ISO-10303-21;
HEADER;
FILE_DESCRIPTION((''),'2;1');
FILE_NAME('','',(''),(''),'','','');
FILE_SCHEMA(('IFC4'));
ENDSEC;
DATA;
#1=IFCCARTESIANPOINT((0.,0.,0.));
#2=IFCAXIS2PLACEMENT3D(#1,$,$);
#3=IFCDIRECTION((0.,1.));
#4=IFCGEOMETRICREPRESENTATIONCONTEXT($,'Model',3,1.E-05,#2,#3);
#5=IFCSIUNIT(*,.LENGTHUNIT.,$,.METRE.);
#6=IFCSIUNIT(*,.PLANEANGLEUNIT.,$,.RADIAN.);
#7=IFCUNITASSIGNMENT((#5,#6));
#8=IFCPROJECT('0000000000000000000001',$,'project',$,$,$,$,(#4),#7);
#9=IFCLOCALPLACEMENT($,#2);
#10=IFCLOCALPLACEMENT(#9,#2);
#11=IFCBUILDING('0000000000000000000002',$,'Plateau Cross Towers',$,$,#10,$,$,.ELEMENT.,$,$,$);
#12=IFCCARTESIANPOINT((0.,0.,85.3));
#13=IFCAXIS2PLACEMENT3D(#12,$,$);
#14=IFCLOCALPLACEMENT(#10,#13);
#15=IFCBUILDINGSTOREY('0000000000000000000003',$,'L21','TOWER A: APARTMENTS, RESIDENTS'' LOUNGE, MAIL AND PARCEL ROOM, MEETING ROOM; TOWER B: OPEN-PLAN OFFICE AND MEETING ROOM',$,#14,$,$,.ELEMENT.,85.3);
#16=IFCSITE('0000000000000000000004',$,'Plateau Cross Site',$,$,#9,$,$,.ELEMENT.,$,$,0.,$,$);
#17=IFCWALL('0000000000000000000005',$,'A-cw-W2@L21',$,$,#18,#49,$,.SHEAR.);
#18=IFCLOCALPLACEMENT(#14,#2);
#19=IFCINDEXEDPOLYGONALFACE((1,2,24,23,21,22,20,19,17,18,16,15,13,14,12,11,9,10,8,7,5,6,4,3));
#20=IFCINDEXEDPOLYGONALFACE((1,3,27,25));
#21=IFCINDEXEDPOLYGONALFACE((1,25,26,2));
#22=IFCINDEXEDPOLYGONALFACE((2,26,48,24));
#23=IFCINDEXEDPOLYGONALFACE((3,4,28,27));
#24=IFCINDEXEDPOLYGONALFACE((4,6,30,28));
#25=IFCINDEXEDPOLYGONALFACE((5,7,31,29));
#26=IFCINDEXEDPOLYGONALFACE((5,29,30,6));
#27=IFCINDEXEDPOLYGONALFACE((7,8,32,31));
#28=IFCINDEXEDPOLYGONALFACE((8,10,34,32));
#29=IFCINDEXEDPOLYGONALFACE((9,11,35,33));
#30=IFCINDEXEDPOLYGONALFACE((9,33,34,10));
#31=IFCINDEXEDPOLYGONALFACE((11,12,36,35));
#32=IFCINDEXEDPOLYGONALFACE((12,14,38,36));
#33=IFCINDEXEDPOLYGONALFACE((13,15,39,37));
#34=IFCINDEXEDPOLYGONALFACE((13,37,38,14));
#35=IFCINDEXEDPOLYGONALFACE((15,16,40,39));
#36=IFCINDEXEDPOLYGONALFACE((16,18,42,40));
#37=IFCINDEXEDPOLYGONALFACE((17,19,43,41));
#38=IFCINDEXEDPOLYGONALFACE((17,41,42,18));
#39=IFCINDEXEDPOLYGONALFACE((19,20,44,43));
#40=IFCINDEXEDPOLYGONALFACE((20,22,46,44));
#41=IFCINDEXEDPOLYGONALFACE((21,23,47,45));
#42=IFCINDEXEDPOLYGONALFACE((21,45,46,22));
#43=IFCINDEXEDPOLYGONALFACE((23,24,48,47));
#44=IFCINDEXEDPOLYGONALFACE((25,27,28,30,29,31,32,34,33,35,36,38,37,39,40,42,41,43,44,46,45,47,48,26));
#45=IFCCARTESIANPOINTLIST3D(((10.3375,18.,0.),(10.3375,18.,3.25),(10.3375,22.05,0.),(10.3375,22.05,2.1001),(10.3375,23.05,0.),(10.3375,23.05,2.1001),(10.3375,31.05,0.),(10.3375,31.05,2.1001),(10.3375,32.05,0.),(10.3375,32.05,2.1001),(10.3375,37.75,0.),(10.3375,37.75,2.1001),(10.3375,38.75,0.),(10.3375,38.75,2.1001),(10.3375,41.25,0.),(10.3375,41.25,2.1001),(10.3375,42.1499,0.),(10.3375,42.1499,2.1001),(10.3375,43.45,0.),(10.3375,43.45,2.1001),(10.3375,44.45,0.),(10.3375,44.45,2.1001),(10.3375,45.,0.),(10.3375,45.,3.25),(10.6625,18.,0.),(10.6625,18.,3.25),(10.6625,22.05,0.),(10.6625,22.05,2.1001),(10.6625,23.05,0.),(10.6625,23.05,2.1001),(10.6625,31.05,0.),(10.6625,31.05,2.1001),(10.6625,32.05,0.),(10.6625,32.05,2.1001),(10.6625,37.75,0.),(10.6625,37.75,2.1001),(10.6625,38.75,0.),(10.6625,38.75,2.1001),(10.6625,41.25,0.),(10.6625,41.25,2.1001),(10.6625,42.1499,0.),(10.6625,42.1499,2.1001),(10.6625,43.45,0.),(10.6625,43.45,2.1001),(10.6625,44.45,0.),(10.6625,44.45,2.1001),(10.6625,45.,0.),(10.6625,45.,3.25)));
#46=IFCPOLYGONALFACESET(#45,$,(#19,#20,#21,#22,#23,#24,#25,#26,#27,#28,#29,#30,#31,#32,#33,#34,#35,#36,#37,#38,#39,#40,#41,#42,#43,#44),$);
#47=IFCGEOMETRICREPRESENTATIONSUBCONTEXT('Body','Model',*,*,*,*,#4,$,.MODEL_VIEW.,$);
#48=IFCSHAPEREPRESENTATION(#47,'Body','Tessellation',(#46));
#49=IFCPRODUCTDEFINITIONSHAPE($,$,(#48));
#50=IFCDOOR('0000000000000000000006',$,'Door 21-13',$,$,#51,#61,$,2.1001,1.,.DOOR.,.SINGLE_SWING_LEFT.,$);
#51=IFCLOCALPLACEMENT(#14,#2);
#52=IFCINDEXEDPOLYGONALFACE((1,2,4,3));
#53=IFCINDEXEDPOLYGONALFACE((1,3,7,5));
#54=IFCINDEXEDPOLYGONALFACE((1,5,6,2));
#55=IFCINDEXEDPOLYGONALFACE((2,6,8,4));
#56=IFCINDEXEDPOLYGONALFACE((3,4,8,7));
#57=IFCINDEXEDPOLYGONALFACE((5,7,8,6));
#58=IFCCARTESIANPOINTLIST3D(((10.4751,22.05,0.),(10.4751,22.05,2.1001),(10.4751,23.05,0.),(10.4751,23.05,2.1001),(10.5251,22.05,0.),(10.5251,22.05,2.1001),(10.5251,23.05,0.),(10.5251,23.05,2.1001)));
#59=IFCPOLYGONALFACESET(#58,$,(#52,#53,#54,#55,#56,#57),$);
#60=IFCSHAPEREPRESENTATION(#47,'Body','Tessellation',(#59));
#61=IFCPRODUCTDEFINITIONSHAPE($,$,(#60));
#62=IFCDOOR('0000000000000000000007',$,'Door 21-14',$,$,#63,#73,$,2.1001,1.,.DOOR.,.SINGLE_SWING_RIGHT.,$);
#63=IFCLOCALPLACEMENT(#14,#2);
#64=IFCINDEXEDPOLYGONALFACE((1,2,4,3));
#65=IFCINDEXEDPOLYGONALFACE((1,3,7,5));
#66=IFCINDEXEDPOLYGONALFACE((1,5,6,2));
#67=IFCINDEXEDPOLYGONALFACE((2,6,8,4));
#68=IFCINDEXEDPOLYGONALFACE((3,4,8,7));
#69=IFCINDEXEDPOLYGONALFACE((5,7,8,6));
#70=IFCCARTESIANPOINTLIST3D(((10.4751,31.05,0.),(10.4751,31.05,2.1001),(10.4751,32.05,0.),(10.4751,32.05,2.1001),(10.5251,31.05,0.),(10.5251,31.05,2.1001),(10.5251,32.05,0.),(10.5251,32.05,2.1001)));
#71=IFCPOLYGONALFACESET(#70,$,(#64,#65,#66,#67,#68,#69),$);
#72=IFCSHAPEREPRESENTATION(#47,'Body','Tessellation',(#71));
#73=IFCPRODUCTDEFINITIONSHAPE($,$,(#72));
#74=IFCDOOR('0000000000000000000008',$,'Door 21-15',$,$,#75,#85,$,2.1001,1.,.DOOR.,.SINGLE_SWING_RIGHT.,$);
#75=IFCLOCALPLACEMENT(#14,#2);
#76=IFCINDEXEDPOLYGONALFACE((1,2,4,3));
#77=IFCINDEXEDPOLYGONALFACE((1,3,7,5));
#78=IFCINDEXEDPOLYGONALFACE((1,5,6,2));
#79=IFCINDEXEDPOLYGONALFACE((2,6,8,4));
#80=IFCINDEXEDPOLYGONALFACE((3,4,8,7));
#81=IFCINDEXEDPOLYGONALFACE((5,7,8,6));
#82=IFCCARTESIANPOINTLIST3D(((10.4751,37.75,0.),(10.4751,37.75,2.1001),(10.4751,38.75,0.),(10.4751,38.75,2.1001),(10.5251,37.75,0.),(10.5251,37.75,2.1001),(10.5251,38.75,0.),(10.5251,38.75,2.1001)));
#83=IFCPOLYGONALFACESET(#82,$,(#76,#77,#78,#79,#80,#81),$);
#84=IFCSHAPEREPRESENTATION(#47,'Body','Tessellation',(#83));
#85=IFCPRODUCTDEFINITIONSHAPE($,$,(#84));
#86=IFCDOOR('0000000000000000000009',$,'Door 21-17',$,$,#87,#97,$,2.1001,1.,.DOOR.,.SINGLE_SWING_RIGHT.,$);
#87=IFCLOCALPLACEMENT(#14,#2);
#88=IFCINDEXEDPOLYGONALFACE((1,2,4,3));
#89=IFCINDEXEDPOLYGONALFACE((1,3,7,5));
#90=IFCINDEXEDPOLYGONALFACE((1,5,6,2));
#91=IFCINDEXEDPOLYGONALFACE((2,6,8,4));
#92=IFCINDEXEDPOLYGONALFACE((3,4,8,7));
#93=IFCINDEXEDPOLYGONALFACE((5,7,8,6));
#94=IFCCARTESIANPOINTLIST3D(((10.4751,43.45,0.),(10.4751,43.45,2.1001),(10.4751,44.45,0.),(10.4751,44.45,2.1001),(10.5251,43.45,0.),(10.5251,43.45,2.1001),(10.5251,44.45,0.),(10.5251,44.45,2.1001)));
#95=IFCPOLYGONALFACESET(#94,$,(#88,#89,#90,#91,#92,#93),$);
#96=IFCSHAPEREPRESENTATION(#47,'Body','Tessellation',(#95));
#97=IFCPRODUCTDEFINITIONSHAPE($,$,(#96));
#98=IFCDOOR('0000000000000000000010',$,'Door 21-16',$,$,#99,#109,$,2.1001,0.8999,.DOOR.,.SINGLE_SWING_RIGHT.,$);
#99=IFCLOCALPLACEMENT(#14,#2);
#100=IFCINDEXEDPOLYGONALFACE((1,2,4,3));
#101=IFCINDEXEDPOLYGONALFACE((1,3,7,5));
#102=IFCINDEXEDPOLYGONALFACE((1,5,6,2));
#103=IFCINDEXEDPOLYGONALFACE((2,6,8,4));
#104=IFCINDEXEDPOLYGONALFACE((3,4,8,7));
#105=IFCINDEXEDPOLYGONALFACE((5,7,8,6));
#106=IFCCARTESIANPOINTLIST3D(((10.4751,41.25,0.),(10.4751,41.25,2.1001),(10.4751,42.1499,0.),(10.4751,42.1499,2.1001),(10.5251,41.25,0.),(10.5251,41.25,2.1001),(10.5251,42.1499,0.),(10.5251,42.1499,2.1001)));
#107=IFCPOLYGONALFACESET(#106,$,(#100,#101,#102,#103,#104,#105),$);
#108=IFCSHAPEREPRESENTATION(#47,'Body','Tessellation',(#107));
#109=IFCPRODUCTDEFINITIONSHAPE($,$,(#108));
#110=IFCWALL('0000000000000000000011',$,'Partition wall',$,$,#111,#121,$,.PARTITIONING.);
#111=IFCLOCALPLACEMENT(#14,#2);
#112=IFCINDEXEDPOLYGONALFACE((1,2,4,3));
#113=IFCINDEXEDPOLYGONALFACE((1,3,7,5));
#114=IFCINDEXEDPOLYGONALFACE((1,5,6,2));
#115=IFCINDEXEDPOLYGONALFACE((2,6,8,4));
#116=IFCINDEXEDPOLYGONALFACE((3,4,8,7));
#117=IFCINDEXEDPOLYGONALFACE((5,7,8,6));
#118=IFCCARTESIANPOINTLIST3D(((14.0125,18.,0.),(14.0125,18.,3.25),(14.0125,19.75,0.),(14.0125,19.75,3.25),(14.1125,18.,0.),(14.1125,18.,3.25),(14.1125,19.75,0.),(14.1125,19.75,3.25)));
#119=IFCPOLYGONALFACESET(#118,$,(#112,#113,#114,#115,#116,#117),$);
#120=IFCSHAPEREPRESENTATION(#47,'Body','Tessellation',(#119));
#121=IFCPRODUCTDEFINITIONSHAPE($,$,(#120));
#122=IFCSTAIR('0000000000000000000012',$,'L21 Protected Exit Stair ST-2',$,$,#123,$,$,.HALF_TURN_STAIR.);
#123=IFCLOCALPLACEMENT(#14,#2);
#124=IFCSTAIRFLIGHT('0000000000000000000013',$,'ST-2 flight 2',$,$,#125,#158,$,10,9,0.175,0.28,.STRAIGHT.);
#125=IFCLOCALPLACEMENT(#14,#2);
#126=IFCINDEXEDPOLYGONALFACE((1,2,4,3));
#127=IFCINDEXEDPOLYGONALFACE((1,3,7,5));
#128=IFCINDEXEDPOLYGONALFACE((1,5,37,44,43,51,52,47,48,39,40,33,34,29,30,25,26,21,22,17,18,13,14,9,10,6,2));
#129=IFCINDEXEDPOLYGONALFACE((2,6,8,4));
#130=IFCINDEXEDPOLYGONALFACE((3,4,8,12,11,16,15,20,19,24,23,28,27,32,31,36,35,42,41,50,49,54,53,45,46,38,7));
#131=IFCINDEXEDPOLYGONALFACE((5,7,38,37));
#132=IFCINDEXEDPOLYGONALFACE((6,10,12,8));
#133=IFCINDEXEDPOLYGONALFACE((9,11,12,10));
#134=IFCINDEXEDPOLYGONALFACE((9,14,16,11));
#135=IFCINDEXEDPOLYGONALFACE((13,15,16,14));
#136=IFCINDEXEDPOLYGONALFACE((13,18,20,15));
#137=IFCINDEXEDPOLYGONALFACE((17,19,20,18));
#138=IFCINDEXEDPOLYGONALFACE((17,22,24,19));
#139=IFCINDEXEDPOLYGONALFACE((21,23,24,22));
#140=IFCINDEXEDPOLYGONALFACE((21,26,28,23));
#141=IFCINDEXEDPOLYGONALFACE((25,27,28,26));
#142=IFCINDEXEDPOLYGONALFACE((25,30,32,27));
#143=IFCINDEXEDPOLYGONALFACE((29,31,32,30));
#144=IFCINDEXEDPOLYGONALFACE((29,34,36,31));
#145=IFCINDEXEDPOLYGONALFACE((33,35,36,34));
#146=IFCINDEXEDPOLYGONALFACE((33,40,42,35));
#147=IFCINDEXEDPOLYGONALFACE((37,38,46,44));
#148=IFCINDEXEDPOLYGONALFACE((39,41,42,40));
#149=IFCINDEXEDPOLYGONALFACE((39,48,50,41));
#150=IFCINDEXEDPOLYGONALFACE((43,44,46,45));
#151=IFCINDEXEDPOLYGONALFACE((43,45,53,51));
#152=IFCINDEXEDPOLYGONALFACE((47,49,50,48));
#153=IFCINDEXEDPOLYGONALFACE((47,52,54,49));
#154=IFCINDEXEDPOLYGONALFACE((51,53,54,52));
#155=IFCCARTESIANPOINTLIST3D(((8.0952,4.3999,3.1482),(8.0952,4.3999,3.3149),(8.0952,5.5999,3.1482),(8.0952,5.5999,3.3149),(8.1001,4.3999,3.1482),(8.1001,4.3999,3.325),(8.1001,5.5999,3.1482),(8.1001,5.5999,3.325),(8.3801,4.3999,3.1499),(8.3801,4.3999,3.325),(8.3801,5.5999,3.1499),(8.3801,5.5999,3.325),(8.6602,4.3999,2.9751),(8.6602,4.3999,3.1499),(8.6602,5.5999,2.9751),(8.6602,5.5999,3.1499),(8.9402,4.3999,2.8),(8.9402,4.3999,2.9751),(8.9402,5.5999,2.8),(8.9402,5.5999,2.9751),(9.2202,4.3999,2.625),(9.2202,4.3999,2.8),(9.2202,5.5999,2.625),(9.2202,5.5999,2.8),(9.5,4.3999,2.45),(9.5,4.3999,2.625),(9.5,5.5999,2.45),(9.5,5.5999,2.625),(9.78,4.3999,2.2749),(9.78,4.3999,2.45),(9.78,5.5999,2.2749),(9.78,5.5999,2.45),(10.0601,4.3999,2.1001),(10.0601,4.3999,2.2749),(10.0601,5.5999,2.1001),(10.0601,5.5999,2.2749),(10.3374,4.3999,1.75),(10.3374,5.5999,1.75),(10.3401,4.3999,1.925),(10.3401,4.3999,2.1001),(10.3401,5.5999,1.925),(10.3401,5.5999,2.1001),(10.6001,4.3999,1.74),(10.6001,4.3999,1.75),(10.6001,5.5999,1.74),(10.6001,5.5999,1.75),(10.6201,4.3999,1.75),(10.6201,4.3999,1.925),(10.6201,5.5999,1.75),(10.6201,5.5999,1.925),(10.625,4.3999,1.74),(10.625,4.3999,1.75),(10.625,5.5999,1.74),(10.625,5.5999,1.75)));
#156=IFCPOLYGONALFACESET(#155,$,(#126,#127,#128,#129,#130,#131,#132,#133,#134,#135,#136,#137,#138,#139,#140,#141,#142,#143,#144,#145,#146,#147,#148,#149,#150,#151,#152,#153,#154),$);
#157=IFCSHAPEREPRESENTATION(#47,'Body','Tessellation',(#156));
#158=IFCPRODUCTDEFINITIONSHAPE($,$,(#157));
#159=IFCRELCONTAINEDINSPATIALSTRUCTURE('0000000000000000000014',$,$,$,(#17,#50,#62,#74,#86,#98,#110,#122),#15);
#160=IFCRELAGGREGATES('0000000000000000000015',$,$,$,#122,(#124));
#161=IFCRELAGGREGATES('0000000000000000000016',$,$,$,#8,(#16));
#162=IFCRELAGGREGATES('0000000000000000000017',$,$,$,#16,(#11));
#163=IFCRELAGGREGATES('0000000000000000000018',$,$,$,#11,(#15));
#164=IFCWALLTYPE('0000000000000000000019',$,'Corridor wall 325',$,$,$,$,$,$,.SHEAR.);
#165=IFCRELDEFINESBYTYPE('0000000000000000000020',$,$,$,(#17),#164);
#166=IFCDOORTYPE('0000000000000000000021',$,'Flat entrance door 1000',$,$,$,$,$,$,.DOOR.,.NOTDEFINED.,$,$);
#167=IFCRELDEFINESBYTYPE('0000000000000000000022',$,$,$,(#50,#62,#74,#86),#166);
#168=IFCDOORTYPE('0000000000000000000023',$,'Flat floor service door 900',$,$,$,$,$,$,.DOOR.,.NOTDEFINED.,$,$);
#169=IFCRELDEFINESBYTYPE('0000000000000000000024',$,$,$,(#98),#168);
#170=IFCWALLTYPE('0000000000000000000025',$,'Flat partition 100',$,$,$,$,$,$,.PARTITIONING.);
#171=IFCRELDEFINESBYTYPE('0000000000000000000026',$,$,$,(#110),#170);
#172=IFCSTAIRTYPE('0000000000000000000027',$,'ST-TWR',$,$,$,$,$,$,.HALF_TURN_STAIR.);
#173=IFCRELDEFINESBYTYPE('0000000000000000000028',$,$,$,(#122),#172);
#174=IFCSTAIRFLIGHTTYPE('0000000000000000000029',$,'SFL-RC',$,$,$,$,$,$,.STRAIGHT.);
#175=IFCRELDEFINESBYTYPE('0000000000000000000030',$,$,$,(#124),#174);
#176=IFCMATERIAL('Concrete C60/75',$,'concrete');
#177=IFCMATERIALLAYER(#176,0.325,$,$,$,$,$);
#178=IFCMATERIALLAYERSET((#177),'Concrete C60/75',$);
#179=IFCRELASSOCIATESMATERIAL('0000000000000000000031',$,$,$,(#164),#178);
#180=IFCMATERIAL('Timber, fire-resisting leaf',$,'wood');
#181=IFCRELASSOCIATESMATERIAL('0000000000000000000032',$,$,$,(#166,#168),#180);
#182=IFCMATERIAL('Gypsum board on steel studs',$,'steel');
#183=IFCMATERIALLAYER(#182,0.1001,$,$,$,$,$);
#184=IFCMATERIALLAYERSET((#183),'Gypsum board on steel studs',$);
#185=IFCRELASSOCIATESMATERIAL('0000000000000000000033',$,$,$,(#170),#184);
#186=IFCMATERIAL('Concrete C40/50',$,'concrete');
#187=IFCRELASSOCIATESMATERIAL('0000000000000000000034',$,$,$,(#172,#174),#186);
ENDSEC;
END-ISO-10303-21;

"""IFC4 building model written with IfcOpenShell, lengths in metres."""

from ifc_helpers import new_model, si_unit, direction, frame, frame_2d, origin, place, context, subcontext, project, spatial, polyline, rectangle, outline, extrude, material, layer, layer_set, type_object, element, fill, aggregate, save


model = new_model("IFC4")

# Units and contexts
model_context = context("Model", 3, precision=1e-05, world=origin(), true_north=direction((0.0, 1.0)))
body_context = subcontext(model_context, "Body", "Model", "MODEL_VIEW")
ifc_project = project(units=[si_unit("LENGTHUNIT", "METRE"), si_unit("PLANEANGLEUNIT", "RADIAN")], contexts=[model_context])

# Site, building, storey
site_placement = place(None, origin())
site = spatial("IfcSite", under=ifc_project, at=site_placement, Name="Plateau Cross Site", CompositionType="ELEMENT", RefElevation=0.0)
building_placement = place(site_placement, origin())
building = spatial("IfcBuilding", under=site, at=building_placement, Name="Plateau Cross Towers", CompositionType="ELEMENT")
storey_placement = place(building_placement, frame((0.0, 0.0, 85.3)))
storey = spatial("IfcBuildingStorey", under=building, at=storey_placement, Name="L21", Description="TOWER A: APARTMENTS, RESIDENTS' LOUNGE, MAIL AND PARCEL ROOM, MEETING ROOM; TOWER B: OPEN-PLAN OFFICE AND MEETING ROOM", CompositionType="ELEMENT", Elevation=85.3)

# Shared definitions
ifc_material_1 = material(Name="Concrete C60/75", Category="concrete")

# Shared definitions
ifc_material_2 = material(Name="Timber, fire-resisting leaf", Category="wood")

# Wall, openings, doors
ifc_layer_1 = layer(ifc_material_1, 0.325)
ifc_layer_set_1 = layer_set([ifc_layer_1], Name="Concrete C60/75")
wall_type_1 = type_object("IfcWallType", Name="Corridor wall 325", PredefinedType="SHEAR", material=ifc_layer_set_1)
door_type_1 = type_object("IfcDoorType", Name="Flat entrance door 1000", OperationType="NOTDEFINED", PredefinedType="DOOR", material=ifc_material_2)
wall_1_placement = place(storey_placement, frame((10.5, 18.0, 0.0), z_axis=(0.0, 0.0, 1.0), x_axis=(0.0, 1.0, 0.0)))
wall_1 = element("IfcWall", 1, at=wall_1_placement, inside=storey, type_object=wall_type_1, Name="A-cw-W2@L21", PredefinedType="SHEAR", context=body_context, shape_type="SweptSolid", body=[
    extrude(rectangle(XDim=27.0, YDim=0.325, at=frame_2d((13.5, 0.0))), origin(), (0.0, 0.0, 1.0), 3.25),
])
opening_1_placement = place(wall_1_placement, frame((4.05, 0.0, 0.0)))
opening_1 = element("IfcOpeningElement", 2, at=opening_1_placement, cuts=wall_1, PredefinedType="OPENING", context=body_context, shape_type="SweptSolid", body=[
    extrude(rectangle(XDim=1.0, YDim=2.1001, at=frame_2d((0.5, 1.05))), frame((0.0, 0.1724, 0.0), z_axis=(0.0, -1.0, 0.0), x_axis=(1.0, 0.0, 0.0)), (0.0, 0.0, 1.0), 0.345),
])
opening_2_placement = place(wall_1_placement, frame((13.05, 0.0, 0.0)))
opening_2 = element("IfcOpeningElement", 3, at=opening_2_placement, cuts=wall_1, PredefinedType="OPENING", context=body_context, shape_type="SweptSolid", body=[
    extrude(rectangle(XDim=1.0, YDim=2.1001, at=frame_2d((0.5, 1.05))), frame((0.0, 0.1724, 0.0), z_axis=(0.0, -1.0, 0.0), x_axis=(1.0, 0.0, 0.0)), (0.0, 0.0, 1.0), 0.345),
])
opening_3_placement = place(wall_1_placement, frame((19.75, 0.0, 0.0)))
opening_3 = element("IfcOpeningElement", 4, at=opening_3_placement, cuts=wall_1, PredefinedType="OPENING", context=body_context, shape_type="SweptSolid", body=[
    extrude(rectangle(XDim=1.0, YDim=2.1001, at=frame_2d((0.5, 1.05))), frame((0.0, 0.1724, 0.0), z_axis=(0.0, -1.0, 0.0), x_axis=(1.0, 0.0, 0.0)), (0.0, 0.0, 1.0), 0.345),
])
opening_4_placement = place(wall_1_placement, frame((23.25, 0.0, 0.0)))
opening_4 = element("IfcOpeningElement", 5, at=opening_4_placement, cuts=wall_1, PredefinedType="OPENING", context=body_context, shape_type="SweptSolid", body=[
    extrude(rectangle(XDim=0.8999, YDim=2.1001, at=frame_2d((0.45, 1.05))), frame((0.0, 0.1724, 0.0), z_axis=(0.0, -1.0, 0.0), x_axis=(1.0, 0.0, 0.0)), (0.0, 0.0, 1.0), 0.345),
])
opening_5_placement = place(wall_1_placement, frame((25.45, 0.0, 0.0)))
opening_5 = element("IfcOpeningElement", 6, at=opening_5_placement, cuts=wall_1, PredefinedType="OPENING", context=body_context, shape_type="SweptSolid", body=[
    extrude(rectangle(XDim=1.0, YDim=2.1001, at=frame_2d((0.5, 1.05))), frame((0.0, 0.1724, 0.0), z_axis=(0.0, -1.0, 0.0), x_axis=(1.0, 0.0, 0.0)), (0.0, 0.0, 1.0), 0.345),
])
door_1_placement = place(opening_1_placement, origin())
door_1 = element("IfcDoor", 7, at=door_1_placement, inside=storey, type_object=door_type_1, Name="Door 21-13", OperationType="SINGLE_SWING_LEFT", OverallHeight=2.1001, OverallWidth=1.0, PredefinedType="DOOR", context=body_context, shape_type="SweptSolid", body=[
    extrude(rectangle(XDim=1.0, YDim=2.1001, at=frame_2d((0.5, 1.05))), frame((0.0, 0.0249, 0.0), z_axis=(0.0, -1.0, 0.0), x_axis=(1.0, 0.0, 0.0)), (0.0, 0.0, 1.0), 0.05),
])
fill(opening_1, door_1)
door_2_placement = place(opening_2_placement, origin())
door_2 = element("IfcDoor", 8, at=door_2_placement, inside=storey, type_object=door_type_1, Name="Door 21-14", OperationType="SINGLE_SWING_RIGHT", OverallHeight=2.1001, OverallWidth=1.0, PredefinedType="DOOR", context=body_context, shape_type="SweptSolid", body=[
    extrude(rectangle(XDim=1.0, YDim=2.1001, at=frame_2d((0.5, 1.05))), frame((0.0, 0.0249, 0.0), z_axis=(0.0, -1.0, 0.0), x_axis=(1.0, 0.0, 0.0)), (0.0, 0.0, 1.0), 0.05),
])
fill(opening_2, door_2)
door_3_placement = place(opening_3_placement, origin())
door_3 = element("IfcDoor", 9, at=door_3_placement, inside=storey, type_object=door_type_1, Name="Door 21-15", OperationType="SINGLE_SWING_RIGHT", OverallHeight=2.1001, OverallWidth=1.0, PredefinedType="DOOR", context=body_context, shape_type="SweptSolid", body=[
    extrude(rectangle(XDim=1.0, YDim=2.1001, at=frame_2d((0.5, 1.05))), frame((0.0, 0.0249, 0.0), z_axis=(0.0, -1.0, 0.0), x_axis=(1.0, 0.0, 0.0)), (0.0, 0.0, 1.0), 0.05),
])
fill(opening_3, door_3)
door_4_placement = place(opening_5_placement, origin())
door_4 = element("IfcDoor", 10, at=door_4_placement, inside=storey, type_object=door_type_1, Name="Door 21-17", OperationType="SINGLE_SWING_RIGHT", OverallHeight=2.1001, OverallWidth=1.0, PredefinedType="DOOR", context=body_context, shape_type="SweptSolid", body=[
    extrude(rectangle(XDim=1.0, YDim=2.1001, at=frame_2d((0.5, 1.05))), frame((0.0, 0.0249, 0.0), z_axis=(0.0, -1.0, 0.0), x_axis=(1.0, 0.0, 0.0)), (0.0, 0.0, 1.0), 0.05),
])
fill(opening_5, door_4)
door_type_2 = type_object("IfcDoorType", Name="Flat floor service door 900", OperationType="NOTDEFINED", PredefinedType="DOOR", material=ifc_material_2)
door_5_placement = place(opening_4_placement, origin())
door_5 = element("IfcDoor", 11, at=door_5_placement, inside=storey, type_object=door_type_2, Name="Door 21-16", OperationType="SINGLE_SWING_RIGHT", OverallHeight=2.1001, OverallWidth=0.8999, PredefinedType="DOOR", context=body_context, shape_type="SweptSolid", body=[
    extrude(rectangle(XDim=0.8999, YDim=2.1001, at=frame_2d((0.45, 1.05))), frame((0.0, 0.0249, 0.0), z_axis=(0.0, -1.0, 0.0), x_axis=(1.0, 0.0, 0.0)), (0.0, 0.0, 1.0), 0.05),
])
fill(opening_4, door_5)

# Wall
ifc_material_3 = material(Name="Gypsum board on steel studs", Category="steel")
ifc_layer_2 = layer(ifc_material_3, 0.1001)
ifc_layer_set_2 = layer_set([ifc_layer_2], Name="Gypsum board on steel studs")
wall_type_2 = type_object("IfcWallType", Name="Flat partition 100", PredefinedType="PARTITIONING", material=ifc_layer_set_2)
wall_2_placement = place(storey_placement, frame((14.0625, 18.0, 0.0), z_axis=(0.0, 0.0, 1.0), x_axis=(0.0, 1.0, 0.0)))
element("IfcWall", 12, at=wall_2_placement, inside=storey, type_object=wall_type_2, Name="Partition wall", PredefinedType="PARTITIONING", context=body_context, shape_type="SweptSolid", body=[
    extrude(rectangle(XDim=1.75, YDim=0.1001, at=frame_2d((0.875, 0.0))), origin(), (0.0, 0.0, 1.0), 3.25),
])

# Stair, stair flight
ifc_material_4 = material(Name="Concrete C40/50", Category="concrete")
stair_type = type_object("IfcStairType", Name="ST-TWR", PredefinedType="HALF_TURN_STAIR", material=ifc_material_4)
stair_placement = place(storey_placement, origin())
stair = element("IfcStair", 13, at=stair_placement, inside=storey, type_object=stair_type, Name="L21 Protected Exit Stair ST-2", PredefinedType="HALF_TURN_STAIR")
stair_flight_type = type_object("IfcStairFlightType", Name="SFL-RC", PredefinedType="STRAIGHT", material=ifc_material_4)
stair_flight_placement = place(storey_placement, frame((10.6201, 5.0, 1.75), z_axis=(0.0, 0.0, 1.0), x_axis=(-1.0, 0.0, 0.0)))
stair_flight = element("IfcStairFlight", 14, at=stair_flight_placement, type_object=stair_flight_type, Name="ST-2 flight 2", NumberOfRisers=10, NumberOfTreads=9, PredefinedType="STRAIGHT", RiserHeight=0.175, TreadLength=0.28, context=body_context, shape_type="SweptSolid", body=[
    extrude(outline(polyline([(-0.0049, -0.01), (-0.0049, 0.0), (0.0, 0.0), (0.0, 0.175), (0.28, 0.175), (0.28, 0.3501), (0.5601, 0.3501), (0.5601, 0.5249), (0.8401, 0.5249), (0.8401, 0.7), (1.1201, 0.7), (1.1201, 0.875), (1.3999, 0.875), (1.3999, 1.05), (1.6799, 1.05), (1.6799, 1.2251), (1.96, 1.2251), (1.96, 1.3999), (2.24, 1.3999), (2.24, 1.575), (2.52, 1.575), (2.5249, 1.5649), (2.5249, 1.3982), (2.52, 1.3982), (0.2827, 0.0), (0.02, 0.0), (0.02, -0.01), (-0.0049, -0.01)])), frame((0.0, 0.6001, 0.0), z_axis=(0.0, -1.0, 0.0), x_axis=(1.0, 0.0, 0.0)), (0.0, 0.0, 1.0), 1.2),
])
aggregate(stair, [stair_flight])

save(model, "model.ifc")
